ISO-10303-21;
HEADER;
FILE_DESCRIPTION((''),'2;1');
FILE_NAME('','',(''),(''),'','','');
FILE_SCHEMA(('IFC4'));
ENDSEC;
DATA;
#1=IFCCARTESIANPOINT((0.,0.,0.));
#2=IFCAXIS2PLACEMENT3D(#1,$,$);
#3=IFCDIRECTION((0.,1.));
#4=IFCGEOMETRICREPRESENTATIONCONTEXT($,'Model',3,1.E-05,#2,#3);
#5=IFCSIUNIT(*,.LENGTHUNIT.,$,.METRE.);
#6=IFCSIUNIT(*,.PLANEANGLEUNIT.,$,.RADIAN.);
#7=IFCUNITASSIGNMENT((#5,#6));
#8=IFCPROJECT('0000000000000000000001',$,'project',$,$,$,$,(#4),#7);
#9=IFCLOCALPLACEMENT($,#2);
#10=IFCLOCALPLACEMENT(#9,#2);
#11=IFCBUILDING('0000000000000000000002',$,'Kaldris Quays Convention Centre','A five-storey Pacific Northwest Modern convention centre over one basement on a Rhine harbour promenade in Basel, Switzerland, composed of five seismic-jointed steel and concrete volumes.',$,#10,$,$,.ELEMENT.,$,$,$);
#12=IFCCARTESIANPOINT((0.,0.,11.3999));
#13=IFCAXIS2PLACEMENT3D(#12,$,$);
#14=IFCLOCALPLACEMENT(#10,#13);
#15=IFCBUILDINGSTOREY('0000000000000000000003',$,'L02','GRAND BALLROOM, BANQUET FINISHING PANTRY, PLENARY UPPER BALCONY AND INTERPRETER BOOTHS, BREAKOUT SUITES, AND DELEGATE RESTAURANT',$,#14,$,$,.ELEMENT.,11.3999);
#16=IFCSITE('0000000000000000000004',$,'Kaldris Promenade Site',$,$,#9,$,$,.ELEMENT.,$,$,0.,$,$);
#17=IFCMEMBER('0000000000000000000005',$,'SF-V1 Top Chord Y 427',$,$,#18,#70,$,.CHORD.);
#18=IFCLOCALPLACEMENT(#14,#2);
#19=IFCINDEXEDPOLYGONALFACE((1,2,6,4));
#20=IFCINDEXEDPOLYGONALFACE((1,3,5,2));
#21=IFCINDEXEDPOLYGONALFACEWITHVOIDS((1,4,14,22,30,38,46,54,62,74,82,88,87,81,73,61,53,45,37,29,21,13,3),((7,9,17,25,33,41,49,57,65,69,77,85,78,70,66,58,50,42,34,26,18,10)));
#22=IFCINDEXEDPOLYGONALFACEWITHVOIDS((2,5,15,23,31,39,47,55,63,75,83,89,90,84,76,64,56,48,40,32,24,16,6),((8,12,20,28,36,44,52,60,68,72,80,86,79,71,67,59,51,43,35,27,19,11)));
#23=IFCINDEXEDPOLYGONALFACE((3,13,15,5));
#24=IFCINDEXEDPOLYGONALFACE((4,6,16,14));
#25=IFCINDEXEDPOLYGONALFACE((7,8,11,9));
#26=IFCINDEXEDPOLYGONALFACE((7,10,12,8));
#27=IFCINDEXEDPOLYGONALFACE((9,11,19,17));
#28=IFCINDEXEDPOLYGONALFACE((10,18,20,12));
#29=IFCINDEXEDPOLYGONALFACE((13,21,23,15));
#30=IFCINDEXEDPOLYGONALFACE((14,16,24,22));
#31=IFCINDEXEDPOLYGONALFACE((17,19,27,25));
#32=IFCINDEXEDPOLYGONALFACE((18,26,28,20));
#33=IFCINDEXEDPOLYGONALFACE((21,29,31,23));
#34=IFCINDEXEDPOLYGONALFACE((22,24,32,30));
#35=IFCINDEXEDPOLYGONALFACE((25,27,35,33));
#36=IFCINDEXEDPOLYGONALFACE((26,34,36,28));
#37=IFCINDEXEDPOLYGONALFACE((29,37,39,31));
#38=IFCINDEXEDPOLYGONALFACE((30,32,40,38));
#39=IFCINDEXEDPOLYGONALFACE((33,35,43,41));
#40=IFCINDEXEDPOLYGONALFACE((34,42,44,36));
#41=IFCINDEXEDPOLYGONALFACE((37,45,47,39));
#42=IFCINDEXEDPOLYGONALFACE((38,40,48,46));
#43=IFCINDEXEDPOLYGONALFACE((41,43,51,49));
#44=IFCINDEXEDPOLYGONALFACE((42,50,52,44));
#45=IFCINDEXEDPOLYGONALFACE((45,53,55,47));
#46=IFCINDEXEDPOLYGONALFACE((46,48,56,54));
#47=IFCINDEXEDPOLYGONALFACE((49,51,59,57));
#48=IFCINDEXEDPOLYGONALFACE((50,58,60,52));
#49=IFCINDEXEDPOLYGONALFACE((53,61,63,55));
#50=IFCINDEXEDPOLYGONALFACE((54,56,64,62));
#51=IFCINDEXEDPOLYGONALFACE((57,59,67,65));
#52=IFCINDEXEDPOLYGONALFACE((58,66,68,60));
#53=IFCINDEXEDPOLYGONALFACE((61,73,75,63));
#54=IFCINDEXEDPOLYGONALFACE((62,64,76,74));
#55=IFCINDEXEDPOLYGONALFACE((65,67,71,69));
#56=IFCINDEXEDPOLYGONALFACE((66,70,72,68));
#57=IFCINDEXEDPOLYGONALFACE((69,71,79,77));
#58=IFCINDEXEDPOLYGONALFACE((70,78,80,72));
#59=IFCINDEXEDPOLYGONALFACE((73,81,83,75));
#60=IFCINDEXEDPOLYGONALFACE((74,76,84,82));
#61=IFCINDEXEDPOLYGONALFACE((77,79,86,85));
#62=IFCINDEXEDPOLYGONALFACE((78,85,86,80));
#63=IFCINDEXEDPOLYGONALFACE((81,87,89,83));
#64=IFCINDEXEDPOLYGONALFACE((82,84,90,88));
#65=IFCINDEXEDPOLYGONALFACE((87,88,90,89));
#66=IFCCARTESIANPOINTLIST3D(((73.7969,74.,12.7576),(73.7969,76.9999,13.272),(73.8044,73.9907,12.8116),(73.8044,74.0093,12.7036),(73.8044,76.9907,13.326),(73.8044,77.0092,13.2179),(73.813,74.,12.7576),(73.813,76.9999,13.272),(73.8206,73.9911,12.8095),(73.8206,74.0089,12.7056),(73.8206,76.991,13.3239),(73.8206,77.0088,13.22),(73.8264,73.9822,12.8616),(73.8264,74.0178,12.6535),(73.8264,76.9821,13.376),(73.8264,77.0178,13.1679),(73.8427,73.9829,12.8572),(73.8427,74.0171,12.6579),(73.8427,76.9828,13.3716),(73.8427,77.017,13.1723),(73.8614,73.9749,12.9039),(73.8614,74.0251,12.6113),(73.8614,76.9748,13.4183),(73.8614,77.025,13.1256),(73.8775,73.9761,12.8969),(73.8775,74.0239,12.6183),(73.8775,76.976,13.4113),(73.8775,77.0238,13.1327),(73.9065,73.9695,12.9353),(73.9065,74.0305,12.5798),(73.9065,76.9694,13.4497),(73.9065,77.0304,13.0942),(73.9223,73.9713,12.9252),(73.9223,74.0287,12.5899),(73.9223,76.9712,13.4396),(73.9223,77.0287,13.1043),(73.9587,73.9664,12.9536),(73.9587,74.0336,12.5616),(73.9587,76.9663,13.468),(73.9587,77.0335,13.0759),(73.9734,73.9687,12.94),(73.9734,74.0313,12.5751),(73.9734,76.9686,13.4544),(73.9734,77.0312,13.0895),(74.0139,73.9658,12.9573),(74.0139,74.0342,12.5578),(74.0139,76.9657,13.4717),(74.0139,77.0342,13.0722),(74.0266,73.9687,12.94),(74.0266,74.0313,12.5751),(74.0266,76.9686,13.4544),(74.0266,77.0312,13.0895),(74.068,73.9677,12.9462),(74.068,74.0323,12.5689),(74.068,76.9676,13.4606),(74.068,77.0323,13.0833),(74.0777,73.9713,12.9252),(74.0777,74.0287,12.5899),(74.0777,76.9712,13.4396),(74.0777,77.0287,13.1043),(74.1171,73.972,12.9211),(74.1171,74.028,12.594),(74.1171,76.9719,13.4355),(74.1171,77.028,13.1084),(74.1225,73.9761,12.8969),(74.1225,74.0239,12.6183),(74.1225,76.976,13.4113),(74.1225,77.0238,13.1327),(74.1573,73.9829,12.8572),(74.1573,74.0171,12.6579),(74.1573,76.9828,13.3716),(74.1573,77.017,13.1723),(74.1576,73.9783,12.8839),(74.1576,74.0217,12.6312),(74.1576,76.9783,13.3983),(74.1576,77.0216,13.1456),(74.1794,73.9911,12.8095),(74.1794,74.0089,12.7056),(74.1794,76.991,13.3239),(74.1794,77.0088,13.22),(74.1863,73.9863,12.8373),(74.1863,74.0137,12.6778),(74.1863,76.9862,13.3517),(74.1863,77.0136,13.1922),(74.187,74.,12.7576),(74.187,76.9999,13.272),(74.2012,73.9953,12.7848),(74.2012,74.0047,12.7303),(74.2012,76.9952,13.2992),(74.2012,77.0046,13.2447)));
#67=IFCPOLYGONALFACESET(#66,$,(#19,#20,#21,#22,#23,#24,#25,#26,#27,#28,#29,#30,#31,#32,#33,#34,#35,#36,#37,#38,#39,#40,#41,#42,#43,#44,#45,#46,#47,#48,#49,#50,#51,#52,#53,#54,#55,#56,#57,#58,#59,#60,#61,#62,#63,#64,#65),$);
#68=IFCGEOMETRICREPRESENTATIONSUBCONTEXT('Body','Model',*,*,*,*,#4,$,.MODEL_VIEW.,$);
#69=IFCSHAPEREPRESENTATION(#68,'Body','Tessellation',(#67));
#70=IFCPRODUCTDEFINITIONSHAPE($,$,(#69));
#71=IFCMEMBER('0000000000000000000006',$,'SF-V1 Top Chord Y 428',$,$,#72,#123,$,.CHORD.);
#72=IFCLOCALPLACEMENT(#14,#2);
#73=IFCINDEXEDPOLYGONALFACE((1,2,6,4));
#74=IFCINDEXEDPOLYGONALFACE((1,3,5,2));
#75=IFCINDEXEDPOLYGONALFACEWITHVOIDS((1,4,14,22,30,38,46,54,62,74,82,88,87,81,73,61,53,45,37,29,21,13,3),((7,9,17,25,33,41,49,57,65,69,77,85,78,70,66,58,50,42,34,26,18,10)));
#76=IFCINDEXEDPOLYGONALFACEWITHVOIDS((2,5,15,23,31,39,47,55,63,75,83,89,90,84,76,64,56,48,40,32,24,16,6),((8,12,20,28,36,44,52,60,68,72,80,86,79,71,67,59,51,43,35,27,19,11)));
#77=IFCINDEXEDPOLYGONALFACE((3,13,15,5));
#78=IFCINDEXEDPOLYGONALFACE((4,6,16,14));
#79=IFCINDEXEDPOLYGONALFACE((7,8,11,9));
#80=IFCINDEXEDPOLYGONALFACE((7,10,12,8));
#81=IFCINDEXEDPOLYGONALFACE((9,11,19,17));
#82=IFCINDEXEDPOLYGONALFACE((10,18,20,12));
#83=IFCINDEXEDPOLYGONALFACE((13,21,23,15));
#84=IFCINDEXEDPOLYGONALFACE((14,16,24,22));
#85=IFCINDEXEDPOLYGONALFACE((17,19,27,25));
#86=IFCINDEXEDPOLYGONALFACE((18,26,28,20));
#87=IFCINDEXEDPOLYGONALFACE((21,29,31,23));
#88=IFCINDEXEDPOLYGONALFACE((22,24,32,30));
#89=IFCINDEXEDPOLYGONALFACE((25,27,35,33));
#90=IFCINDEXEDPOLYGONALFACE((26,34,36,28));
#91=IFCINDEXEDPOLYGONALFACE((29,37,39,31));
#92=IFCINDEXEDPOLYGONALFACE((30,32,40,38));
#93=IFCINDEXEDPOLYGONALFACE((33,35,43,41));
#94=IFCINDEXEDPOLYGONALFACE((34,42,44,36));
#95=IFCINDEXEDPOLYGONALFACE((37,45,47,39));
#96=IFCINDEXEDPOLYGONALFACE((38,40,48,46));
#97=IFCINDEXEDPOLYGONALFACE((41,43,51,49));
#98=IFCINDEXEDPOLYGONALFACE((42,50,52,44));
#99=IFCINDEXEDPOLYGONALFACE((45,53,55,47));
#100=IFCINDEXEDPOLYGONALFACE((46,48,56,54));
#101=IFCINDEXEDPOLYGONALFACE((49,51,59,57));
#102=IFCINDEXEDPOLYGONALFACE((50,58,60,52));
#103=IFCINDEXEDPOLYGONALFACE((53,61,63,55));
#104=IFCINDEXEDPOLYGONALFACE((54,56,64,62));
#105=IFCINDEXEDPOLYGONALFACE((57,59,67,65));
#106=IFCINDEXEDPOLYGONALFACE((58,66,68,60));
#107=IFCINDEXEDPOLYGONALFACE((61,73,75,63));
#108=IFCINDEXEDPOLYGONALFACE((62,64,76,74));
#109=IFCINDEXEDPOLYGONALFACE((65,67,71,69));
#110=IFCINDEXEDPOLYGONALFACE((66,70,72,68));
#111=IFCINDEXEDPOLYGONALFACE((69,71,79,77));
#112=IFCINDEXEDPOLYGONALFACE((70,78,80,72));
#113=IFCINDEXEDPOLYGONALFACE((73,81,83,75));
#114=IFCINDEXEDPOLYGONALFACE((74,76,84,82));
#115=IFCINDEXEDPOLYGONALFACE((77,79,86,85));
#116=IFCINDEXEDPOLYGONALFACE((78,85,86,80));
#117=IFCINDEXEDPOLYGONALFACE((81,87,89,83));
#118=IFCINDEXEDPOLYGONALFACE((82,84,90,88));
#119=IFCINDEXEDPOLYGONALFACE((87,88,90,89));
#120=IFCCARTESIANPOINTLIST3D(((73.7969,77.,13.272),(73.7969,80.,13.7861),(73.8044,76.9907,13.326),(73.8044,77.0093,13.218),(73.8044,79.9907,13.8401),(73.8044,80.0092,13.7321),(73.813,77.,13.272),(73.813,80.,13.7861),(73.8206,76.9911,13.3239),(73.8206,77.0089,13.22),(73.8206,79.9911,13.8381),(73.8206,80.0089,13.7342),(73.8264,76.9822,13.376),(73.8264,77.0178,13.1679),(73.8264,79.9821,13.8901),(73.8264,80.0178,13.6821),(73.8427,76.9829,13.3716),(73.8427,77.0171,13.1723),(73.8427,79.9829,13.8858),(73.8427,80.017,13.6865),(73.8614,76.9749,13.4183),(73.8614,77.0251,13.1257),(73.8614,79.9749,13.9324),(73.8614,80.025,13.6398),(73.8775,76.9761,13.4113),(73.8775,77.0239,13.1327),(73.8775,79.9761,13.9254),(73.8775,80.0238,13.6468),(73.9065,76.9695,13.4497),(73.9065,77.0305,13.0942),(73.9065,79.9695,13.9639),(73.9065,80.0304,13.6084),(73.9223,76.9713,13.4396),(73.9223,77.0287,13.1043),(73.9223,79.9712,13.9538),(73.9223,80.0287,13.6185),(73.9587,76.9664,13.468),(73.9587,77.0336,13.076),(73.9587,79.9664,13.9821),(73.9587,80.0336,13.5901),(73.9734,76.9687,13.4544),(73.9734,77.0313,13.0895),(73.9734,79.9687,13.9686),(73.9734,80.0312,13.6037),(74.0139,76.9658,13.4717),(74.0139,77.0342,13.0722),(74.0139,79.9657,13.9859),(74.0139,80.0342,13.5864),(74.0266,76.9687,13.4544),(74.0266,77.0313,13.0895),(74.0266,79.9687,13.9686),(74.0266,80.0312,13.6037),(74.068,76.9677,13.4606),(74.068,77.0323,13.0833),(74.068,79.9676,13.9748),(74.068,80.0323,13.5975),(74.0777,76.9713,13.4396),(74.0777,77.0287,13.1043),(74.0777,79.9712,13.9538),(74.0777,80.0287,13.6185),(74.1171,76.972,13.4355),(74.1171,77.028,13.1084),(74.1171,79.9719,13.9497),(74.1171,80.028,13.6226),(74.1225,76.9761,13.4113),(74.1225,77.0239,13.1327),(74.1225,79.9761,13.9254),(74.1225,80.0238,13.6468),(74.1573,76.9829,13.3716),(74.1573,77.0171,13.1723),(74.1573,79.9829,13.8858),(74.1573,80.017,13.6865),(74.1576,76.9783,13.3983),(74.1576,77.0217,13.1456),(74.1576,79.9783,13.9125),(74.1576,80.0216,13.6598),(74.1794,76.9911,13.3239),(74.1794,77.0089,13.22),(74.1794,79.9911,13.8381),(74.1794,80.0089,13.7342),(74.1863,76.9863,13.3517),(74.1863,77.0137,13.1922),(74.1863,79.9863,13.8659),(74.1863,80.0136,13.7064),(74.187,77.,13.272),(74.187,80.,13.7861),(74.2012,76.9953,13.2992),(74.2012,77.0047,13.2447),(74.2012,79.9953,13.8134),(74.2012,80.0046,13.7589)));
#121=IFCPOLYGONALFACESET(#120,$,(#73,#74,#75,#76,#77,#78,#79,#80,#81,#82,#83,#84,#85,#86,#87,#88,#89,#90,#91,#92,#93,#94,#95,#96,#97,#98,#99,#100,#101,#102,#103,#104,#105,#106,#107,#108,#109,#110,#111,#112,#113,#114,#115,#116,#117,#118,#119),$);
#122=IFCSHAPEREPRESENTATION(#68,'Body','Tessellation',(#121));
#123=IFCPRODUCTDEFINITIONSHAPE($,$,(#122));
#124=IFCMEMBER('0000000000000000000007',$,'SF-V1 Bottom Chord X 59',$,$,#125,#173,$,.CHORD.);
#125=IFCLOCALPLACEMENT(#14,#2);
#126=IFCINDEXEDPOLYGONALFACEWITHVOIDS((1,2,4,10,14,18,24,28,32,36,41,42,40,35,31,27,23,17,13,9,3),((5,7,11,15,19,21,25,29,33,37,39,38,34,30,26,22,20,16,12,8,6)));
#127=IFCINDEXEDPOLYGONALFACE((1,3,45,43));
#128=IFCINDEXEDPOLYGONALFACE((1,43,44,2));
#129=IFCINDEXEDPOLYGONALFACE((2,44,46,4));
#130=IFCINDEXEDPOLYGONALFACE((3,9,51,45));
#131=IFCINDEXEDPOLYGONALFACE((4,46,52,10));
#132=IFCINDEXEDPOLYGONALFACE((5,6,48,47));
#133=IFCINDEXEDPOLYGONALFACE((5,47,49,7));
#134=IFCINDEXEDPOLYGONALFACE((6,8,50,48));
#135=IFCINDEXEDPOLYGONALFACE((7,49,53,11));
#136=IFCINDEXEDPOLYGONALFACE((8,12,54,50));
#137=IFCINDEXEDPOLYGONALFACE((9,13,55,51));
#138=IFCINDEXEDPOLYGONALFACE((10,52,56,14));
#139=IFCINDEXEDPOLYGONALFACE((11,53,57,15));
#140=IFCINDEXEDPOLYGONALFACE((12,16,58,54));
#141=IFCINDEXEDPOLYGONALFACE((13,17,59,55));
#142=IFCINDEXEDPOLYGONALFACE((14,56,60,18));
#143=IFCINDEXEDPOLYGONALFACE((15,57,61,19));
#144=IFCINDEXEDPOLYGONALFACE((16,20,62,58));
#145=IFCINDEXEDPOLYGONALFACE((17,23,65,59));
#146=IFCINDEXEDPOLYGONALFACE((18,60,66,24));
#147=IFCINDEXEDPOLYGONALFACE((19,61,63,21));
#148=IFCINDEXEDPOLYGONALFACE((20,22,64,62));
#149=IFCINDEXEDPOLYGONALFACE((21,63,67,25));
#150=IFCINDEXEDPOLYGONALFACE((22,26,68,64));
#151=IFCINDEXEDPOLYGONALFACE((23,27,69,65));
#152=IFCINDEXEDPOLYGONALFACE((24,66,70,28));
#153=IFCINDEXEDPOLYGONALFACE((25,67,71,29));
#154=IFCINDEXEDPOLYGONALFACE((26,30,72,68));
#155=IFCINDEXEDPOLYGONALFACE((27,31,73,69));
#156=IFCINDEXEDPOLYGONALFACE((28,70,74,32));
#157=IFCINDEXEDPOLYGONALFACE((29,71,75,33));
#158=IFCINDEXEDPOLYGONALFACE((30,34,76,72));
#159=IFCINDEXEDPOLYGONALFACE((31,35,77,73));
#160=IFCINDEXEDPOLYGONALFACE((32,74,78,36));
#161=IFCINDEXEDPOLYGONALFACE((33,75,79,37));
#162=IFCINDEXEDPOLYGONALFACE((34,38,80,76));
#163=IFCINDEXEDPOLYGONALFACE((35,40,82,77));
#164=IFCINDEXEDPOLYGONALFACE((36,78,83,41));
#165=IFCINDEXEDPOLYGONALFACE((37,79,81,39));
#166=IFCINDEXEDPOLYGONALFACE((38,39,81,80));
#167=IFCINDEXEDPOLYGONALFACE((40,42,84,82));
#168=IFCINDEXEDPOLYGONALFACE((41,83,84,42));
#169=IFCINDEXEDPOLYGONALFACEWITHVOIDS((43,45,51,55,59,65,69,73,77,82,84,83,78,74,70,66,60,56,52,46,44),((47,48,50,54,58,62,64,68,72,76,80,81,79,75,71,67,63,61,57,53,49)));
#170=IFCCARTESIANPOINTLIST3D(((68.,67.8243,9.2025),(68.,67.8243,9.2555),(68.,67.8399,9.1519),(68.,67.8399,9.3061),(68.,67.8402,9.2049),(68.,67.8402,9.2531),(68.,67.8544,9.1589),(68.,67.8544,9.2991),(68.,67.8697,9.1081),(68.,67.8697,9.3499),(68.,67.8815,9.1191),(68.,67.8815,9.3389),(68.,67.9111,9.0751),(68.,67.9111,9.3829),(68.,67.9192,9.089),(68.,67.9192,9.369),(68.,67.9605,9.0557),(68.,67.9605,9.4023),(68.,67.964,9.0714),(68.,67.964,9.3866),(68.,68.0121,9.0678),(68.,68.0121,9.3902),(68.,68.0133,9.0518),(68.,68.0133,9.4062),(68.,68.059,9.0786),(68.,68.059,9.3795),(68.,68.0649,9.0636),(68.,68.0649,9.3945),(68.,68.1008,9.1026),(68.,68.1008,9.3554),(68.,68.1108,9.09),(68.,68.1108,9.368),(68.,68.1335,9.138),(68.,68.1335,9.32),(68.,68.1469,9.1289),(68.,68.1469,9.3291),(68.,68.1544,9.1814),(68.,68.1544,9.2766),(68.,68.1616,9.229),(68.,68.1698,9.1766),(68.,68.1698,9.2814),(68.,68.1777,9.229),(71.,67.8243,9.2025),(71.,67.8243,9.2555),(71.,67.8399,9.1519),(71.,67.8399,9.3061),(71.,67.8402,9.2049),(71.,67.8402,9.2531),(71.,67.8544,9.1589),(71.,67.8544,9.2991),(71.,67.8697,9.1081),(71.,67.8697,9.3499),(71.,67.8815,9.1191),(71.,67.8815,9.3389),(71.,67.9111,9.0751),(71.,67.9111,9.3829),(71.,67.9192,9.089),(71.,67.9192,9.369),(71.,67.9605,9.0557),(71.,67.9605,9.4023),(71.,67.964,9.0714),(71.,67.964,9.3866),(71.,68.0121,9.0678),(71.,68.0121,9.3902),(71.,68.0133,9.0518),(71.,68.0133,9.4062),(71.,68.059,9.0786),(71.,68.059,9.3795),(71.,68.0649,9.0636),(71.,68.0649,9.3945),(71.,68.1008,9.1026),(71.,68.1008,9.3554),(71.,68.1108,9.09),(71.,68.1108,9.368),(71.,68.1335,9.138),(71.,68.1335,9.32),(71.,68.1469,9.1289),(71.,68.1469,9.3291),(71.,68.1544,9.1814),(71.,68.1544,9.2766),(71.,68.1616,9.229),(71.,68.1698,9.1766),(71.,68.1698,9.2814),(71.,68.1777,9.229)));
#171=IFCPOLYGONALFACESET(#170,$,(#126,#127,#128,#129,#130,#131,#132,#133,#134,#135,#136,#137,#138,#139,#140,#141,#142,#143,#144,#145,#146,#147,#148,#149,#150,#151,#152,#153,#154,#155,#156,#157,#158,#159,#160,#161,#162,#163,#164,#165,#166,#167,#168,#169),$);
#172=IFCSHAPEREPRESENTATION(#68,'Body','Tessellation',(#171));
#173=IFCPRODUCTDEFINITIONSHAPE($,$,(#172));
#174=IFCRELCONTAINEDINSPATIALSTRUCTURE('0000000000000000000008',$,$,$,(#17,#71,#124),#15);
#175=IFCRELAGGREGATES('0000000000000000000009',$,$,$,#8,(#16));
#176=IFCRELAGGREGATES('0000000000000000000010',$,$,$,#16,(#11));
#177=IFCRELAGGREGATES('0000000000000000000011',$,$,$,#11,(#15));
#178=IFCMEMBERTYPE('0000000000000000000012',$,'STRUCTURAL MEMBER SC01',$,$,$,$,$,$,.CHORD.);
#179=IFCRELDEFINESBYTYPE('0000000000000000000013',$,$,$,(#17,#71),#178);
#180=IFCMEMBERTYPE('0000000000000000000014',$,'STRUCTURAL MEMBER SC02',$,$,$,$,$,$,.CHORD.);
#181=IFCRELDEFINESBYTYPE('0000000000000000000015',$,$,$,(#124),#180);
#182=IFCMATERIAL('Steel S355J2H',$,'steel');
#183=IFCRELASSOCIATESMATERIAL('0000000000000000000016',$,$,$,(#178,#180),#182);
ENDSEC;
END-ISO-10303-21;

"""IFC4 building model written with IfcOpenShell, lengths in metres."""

from ifc_helpers import new_model, si_unit, direction, frame, origin, origin_2d, place, context, subcontext, project, spatial, hollow_circle, extrude, material, material_profile, profile_set, type_object, element, save


model = new_model("IFC4")

# Units and contexts
model_context = context("Model", 3, precision=1e-05, world=origin(), true_north=direction((0.0, 1.0)))
body_context = subcontext(model_context, "Body", "Model", "MODEL_VIEW")
ifc_project = project(units=[si_unit("LENGTHUNIT", "METRE"), si_unit("PLANEANGLEUNIT", "RADIAN")], contexts=[model_context])

# Site, building, storey
site_placement = place(None, origin())
site = spatial("IfcSite", under=ifc_project, at=site_placement, Name="Kaldris Promenade Site", CompositionType="ELEMENT", RefElevation=0.0)
building_placement = place(site_placement, origin())
building = spatial("IfcBuilding", under=site, at=building_placement, Name="Kaldris Quays Convention Centre", Description="A five-storey Pacific Northwest Modern convention centre over one basement on a Rhine harbour promenade in Basel, Switzerland, composed of five seismic-jointed steel and concrete volumes.", CompositionType="ELEMENT")
storey_placement = place(building_placement, frame((0.0, 0.0, 11.3999)))
storey = spatial("IfcBuildingStorey", under=building, at=storey_placement, Name="L02", Description="GRAND BALLROOM, BANQUET FINISHING PANTRY, PLENARY UPPER BALCONY AND INTERPRETER BOOTHS, BREAKOUT SUITES, AND DELEGATE RESTAURANT", CompositionType="ELEMENT", Elevation=11.3999)

# Members
ifc_material_1 = material(Name="Steel S355J2H", Category="steel")
ifc_material_profile_1 = material_profile(ifc_material_1, hollow_circle(Radius=0.2031, WallThickness=0.0161, at=origin_2d()), Name="CHS 406.4x16")
ifc_profile_set_1 = profile_set([ifc_material_profile_1], Name="Steel S355J2H")
member_type_1 = type_object("IfcMemberType", Name="STRUCTURAL MEMBER SC01", PredefinedType="CHORD", material=ifc_profile_set_1)
for number, where, z_axis, x_axis, name in (
    (1, (74.0, 74.0, 12.7576), (0.0, 0.985616, 0.169002), (-1.0, 0.0, 0.0), "SF-V1 Top Chord Y 427"),
    (2, (74.0, 77.0, 13.272), (0.0, 0.985629, 0.168924), (-1.0, 0.0, 0.0), "SF-V1 Top Chord Y 428"),
):
    element("IfcMember", number, at=place(storey_placement, frame(where, z_axis=z_axis, x_axis=x_axis)), inside=storey, type_object=member_type_1, Name=name, PredefinedType="CHORD", context=body_context, shape_type="SweptSolid", body=[
        extrude(hollow_circle(Radius=0.2031, WallThickness=0.0161, at=origin_2d()), origin(), (0.0, 0.0, 1.0), 3.0437),
    ])
ifc_material_profile_2 = material_profile(ifc_material_1, hollow_circle(Radius=0.1777, WallThickness=0.0161, at=origin_2d()), Name="CHS 355.6x16")
ifc_profile_set_2 = profile_set([ifc_material_profile_2], Name="Steel S355J2H")
member_type_2 = type_object("IfcMemberType", Name="STRUCTURAL MEMBER SC02", PredefinedType="CHORD", material=ifc_profile_set_2)
for number, where, z_axis, x_axis, name in (
    (3, (68.0, 68.0, 9.229), (1.0, 0.0, 0.0), (0.0, 1.0, 0.0), "SF-V1 Bottom Chord X 59"),
):
    element("IfcMember", number, at=place(storey_placement, frame(where, z_axis=z_axis, x_axis=x_axis)), inside=storey, type_object=member_type_2, Name=name, PredefinedType="CHORD", context=body_context, shape_type="SweptSolid", body=[
        extrude(hollow_circle(Radius=0.1777, WallThickness=0.0161, at=origin_2d()), origin(), (0.0, 0.0, 1.0), 3.0),
    ])

save(model, "model.ifc")
